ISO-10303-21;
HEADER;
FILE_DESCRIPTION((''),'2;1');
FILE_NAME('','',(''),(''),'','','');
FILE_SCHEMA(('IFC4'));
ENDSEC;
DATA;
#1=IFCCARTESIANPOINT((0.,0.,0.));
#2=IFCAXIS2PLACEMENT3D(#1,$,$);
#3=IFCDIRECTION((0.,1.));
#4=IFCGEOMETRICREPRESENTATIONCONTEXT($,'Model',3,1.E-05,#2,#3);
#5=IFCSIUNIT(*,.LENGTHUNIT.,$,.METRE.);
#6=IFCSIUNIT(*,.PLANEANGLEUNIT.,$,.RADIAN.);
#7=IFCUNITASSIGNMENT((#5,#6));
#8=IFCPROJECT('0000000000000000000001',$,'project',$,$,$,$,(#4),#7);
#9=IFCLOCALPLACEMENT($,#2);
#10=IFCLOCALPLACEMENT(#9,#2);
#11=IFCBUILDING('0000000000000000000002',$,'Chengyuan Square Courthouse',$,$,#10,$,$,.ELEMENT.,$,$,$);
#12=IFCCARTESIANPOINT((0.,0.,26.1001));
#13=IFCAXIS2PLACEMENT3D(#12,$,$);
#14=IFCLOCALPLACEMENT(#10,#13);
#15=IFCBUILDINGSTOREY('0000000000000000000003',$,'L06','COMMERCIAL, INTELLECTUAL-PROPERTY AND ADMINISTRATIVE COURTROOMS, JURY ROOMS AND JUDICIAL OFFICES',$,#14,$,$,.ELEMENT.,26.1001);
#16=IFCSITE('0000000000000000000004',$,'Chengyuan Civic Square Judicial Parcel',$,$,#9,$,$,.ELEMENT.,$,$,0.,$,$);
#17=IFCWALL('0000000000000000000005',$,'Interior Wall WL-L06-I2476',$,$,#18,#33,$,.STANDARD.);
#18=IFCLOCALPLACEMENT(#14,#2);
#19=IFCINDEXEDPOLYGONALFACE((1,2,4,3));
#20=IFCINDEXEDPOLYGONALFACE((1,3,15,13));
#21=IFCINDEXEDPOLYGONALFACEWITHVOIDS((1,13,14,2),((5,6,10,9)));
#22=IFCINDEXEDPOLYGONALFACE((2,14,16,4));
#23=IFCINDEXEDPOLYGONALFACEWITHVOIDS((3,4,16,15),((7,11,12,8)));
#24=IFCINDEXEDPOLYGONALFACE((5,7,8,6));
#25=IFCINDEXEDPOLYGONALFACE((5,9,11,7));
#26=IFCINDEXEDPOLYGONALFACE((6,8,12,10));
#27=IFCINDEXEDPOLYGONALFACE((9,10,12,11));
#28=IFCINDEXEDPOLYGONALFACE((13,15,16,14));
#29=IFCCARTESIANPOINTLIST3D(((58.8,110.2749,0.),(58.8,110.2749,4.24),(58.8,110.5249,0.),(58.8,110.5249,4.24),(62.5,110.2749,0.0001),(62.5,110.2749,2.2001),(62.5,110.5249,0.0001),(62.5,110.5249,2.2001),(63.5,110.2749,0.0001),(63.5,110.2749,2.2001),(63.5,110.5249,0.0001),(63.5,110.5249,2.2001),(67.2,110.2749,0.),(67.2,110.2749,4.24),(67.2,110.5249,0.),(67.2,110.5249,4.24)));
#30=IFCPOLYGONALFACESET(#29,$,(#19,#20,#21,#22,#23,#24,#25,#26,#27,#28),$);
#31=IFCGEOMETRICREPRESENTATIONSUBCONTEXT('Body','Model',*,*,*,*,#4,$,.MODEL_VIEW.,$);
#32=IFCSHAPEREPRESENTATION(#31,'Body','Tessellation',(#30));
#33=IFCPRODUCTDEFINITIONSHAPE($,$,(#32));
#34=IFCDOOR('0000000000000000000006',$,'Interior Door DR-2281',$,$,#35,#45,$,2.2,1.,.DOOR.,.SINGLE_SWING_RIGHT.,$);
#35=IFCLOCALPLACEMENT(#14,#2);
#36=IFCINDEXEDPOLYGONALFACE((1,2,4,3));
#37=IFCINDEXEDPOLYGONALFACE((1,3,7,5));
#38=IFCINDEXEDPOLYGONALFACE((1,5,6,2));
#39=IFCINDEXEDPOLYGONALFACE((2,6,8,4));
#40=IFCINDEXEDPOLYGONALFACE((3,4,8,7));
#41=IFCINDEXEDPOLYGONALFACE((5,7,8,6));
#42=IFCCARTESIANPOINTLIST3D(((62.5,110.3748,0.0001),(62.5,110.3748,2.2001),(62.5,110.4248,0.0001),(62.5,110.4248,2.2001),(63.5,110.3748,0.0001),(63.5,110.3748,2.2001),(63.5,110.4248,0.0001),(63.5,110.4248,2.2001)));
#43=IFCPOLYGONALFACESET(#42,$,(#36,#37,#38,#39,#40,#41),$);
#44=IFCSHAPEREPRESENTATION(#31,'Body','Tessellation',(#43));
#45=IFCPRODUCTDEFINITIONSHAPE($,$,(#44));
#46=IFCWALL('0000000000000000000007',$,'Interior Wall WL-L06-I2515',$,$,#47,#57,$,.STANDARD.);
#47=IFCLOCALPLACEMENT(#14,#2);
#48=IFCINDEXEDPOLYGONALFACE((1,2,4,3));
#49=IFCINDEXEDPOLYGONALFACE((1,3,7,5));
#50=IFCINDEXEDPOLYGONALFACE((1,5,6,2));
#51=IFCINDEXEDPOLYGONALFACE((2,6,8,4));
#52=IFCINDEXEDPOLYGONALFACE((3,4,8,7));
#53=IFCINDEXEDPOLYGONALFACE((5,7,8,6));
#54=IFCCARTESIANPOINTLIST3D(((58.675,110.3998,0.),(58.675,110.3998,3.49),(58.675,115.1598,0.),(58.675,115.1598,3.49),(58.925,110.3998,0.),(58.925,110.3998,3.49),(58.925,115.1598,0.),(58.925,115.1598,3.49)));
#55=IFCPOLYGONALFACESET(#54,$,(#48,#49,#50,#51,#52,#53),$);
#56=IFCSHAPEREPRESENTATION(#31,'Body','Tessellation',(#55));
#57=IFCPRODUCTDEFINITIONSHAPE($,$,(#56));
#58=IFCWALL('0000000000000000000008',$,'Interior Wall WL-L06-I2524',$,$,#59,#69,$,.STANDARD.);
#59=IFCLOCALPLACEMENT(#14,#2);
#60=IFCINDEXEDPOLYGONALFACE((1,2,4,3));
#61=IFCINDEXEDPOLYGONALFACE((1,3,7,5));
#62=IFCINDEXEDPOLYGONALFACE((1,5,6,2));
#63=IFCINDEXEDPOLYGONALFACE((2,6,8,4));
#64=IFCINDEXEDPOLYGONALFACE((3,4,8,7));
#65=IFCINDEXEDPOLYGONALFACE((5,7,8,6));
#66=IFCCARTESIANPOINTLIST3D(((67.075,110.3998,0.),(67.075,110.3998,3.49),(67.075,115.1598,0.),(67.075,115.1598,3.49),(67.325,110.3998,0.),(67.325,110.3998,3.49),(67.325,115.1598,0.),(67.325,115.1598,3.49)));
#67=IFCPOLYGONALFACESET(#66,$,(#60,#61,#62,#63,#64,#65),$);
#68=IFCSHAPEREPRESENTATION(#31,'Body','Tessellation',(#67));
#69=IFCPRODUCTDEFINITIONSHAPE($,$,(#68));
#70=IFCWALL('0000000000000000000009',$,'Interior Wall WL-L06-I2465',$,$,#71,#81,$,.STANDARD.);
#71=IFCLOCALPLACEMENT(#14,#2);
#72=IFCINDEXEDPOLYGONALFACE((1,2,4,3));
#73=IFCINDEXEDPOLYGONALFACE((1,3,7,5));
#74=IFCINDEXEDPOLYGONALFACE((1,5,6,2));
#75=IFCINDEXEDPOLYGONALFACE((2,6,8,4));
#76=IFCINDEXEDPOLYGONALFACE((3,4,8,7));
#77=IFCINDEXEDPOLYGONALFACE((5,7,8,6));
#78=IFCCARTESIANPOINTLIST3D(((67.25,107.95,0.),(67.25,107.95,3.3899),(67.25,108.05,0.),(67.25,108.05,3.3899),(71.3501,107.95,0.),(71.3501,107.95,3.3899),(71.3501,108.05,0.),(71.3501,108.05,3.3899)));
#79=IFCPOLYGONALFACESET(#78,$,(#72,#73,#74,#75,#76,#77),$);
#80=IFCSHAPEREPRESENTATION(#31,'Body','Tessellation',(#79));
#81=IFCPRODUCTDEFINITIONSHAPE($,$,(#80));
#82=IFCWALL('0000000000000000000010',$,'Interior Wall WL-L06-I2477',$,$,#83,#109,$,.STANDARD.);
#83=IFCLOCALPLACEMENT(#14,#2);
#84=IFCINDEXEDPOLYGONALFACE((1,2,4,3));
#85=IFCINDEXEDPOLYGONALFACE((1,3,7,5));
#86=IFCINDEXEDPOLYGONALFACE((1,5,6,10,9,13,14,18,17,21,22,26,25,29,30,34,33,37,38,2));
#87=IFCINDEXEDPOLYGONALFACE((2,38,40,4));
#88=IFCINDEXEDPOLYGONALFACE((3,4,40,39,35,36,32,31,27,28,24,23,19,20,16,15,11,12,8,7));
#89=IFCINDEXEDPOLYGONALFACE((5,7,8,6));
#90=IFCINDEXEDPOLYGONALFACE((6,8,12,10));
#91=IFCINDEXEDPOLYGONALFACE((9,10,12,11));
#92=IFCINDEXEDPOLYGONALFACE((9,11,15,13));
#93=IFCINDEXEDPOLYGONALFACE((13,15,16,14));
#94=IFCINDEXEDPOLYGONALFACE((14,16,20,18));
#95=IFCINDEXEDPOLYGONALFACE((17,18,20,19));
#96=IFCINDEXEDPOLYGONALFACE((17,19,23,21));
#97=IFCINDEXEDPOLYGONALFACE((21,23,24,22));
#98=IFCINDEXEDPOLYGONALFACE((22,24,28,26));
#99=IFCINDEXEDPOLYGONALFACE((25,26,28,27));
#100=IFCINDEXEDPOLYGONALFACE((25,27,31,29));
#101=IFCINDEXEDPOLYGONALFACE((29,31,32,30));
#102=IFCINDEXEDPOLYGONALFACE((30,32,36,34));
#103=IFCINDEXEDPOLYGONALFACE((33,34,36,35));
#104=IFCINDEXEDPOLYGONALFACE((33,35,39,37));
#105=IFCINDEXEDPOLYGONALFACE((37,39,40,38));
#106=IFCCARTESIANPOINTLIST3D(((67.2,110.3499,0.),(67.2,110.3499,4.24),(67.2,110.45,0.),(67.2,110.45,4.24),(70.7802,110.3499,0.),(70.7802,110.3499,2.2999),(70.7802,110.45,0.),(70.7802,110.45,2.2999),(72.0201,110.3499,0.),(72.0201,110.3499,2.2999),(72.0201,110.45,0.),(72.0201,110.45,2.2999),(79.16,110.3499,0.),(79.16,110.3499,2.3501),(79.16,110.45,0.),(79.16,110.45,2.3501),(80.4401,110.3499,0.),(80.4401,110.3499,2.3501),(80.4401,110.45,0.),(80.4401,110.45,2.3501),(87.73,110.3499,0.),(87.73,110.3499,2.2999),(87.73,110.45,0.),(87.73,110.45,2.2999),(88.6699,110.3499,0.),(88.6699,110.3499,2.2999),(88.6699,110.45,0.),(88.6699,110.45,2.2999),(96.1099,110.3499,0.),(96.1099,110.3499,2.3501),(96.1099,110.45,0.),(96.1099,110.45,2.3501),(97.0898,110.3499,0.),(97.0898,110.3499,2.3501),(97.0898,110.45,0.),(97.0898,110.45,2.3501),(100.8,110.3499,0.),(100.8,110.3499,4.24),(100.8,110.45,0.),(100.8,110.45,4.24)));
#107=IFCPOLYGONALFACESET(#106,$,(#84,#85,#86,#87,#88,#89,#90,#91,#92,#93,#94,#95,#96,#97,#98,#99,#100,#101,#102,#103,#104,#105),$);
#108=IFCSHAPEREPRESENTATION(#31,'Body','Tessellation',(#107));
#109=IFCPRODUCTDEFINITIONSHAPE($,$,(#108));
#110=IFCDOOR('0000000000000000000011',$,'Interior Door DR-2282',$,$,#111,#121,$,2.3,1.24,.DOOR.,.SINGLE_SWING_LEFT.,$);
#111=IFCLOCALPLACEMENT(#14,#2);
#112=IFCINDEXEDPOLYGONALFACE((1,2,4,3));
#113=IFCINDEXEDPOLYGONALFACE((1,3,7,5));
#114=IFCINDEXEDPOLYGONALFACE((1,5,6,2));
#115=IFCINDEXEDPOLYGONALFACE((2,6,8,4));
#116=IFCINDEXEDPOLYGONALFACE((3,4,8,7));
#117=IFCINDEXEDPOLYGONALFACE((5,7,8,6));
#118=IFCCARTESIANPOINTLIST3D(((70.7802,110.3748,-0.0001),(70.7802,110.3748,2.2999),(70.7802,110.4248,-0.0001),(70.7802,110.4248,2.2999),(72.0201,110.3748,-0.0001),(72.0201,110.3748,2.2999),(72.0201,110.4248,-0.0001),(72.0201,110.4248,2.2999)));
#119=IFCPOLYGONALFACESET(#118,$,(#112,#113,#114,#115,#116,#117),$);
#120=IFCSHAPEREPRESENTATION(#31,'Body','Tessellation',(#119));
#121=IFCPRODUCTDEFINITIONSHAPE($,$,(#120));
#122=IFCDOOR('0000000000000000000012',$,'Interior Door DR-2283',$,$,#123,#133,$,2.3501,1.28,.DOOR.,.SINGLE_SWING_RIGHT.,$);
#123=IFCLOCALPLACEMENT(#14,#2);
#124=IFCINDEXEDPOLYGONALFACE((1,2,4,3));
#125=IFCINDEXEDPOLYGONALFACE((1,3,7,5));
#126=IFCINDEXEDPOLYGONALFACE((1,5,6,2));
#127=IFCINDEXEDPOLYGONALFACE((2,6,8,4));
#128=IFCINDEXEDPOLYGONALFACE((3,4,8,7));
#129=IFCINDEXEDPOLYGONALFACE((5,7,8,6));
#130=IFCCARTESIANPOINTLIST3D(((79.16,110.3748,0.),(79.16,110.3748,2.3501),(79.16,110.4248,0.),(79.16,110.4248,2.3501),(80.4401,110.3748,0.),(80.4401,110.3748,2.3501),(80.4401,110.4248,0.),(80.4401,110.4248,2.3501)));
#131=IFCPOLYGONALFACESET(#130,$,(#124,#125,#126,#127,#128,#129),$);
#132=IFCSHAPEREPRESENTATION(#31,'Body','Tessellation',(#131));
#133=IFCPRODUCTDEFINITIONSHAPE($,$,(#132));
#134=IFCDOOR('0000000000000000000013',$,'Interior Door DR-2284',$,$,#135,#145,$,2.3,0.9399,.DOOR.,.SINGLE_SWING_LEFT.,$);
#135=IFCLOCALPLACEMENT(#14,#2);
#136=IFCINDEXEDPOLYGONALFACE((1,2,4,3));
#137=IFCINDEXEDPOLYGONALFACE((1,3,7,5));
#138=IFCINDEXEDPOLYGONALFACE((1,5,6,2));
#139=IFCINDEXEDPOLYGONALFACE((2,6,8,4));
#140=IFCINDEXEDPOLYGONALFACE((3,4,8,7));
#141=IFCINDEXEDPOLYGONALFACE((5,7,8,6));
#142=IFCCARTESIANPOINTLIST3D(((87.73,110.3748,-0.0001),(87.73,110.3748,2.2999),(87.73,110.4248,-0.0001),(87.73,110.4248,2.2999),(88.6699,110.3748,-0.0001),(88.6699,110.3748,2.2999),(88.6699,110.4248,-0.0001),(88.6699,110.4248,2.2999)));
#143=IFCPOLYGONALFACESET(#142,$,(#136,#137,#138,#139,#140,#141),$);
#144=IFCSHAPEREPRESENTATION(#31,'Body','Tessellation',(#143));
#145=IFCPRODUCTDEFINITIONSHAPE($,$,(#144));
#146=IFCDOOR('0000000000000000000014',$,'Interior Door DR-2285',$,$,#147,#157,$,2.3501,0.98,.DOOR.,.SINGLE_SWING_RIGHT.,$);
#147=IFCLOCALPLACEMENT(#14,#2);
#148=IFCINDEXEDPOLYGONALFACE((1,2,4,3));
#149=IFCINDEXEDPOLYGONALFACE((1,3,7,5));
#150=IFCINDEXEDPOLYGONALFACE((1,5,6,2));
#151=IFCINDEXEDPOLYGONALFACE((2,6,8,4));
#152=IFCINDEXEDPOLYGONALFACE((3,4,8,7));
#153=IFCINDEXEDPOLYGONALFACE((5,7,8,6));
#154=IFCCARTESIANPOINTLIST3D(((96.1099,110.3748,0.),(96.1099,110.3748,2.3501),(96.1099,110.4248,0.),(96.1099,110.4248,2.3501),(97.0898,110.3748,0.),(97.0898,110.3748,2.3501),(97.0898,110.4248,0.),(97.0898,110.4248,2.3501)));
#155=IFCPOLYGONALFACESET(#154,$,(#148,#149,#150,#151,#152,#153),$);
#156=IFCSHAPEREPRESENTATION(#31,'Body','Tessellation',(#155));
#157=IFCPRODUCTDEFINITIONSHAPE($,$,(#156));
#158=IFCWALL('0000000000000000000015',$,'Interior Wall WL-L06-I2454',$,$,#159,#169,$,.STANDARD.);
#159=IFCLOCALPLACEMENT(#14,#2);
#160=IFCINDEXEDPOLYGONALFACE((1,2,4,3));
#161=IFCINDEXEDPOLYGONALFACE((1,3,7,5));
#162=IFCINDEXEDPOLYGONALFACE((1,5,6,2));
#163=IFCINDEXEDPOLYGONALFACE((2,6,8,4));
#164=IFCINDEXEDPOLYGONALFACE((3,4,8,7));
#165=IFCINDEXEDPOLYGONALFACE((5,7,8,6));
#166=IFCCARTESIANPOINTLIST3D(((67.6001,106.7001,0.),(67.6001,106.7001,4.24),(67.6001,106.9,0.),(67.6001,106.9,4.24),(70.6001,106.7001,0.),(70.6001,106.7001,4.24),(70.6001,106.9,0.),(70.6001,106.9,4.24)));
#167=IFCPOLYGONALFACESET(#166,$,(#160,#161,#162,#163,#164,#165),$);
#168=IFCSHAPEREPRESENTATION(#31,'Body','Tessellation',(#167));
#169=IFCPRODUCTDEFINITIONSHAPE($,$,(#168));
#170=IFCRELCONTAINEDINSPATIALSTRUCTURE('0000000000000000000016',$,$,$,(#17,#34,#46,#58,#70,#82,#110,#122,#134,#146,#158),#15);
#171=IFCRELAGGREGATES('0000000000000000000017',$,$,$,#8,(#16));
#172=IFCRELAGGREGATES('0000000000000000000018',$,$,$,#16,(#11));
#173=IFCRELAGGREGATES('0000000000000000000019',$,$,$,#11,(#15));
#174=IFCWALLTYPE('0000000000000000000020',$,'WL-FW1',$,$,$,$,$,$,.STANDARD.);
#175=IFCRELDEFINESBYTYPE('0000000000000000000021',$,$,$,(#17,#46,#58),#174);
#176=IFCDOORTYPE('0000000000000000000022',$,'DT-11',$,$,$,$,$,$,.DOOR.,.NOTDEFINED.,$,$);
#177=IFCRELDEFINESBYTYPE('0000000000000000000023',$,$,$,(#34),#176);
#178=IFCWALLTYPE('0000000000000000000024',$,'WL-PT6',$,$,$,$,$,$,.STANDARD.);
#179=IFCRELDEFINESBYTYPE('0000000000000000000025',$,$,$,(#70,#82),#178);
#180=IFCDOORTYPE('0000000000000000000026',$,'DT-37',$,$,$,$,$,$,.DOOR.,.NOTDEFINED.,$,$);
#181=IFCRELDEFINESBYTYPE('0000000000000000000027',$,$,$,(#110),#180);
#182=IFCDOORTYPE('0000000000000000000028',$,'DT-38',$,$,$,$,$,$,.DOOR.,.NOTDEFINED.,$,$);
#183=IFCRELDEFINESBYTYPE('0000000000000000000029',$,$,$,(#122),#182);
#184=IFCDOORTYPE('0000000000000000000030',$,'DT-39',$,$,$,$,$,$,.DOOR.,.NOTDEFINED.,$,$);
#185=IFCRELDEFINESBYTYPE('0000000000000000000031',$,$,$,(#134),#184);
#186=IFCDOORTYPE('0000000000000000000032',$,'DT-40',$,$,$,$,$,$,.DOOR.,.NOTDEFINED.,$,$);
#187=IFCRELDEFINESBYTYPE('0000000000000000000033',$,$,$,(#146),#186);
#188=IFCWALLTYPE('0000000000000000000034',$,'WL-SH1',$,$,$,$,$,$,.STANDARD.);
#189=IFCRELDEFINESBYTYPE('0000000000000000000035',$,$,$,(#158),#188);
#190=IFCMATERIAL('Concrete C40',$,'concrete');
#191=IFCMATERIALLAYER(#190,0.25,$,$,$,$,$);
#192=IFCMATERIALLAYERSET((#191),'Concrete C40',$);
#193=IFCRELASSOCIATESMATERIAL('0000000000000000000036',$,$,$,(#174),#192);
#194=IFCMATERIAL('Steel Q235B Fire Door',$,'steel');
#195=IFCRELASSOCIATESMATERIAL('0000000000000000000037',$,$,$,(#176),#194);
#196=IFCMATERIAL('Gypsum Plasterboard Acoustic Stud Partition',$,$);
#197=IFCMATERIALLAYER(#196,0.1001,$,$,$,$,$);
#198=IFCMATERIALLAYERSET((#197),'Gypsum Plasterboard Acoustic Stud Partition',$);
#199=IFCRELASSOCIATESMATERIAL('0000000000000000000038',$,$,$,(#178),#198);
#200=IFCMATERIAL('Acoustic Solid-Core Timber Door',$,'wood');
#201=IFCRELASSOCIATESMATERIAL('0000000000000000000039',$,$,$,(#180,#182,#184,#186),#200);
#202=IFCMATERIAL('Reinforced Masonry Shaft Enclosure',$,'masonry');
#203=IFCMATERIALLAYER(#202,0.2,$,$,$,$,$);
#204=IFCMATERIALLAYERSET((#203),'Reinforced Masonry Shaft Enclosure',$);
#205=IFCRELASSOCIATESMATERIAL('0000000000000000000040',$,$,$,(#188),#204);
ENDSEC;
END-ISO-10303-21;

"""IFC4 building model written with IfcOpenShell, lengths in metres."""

from ifc_helpers import new_model, si_unit, direction, frame, frame_2d, origin, place, context, subcontext, project, spatial, rectangle, extrude, material, layer, layer_set, type_object, element, fill, save


model = new_model("IFC4")

# Units and contexts
model_context = context("Model", 3, precision=1e-05, world=origin(), true_north=direction((0.0, 1.0)))
body_context = subcontext(model_context, "Body", "Model", "MODEL_VIEW")
ifc_project = project(units=[si_unit("LENGTHUNIT", "METRE"), si_unit("PLANEANGLEUNIT", "RADIAN")], contexts=[model_context])

# Site, building, storey
site_placement = place(None, origin())
site = spatial("IfcSite", under=ifc_project, at=site_placement, Name="Chengyuan Civic Square Judicial Parcel", CompositionType="ELEMENT", RefElevation=0.0)
building_placement = place(site_placement, origin())
building = spatial("IfcBuilding", under=site, at=building_placement, Name="Chengyuan Square Courthouse", CompositionType="ELEMENT")
storey_placement = place(building_placement, frame((0.0, 0.0, 26.1001)))
storey = spatial("IfcBuildingStorey", under=building, at=storey_placement, Name="L06", Description="COMMERCIAL, INTELLECTUAL-PROPERTY AND ADMINISTRATIVE COURTROOMS, JURY ROOMS AND JUDICIAL OFFICES", CompositionType="ELEMENT", Elevation=26.1001)

# Shared definitions
ifc_material_1 = material(Name="Concrete C40", Category="concrete")

# Wall, opening, door
ifc_layer_1 = layer(ifc_material_1, 0.25)
ifc_layer_set_1 = layer_set([ifc_layer_1], Name="Concrete C40")
wall_type_1 = type_object("IfcWallType", Name="WL-FW1", PredefinedType="STANDARD", material=ifc_layer_set_1)
wall_1_placement = place(storey_placement, frame((58.8, 110.3999, 0.0), z_axis=(0.0, 0.0, 1.0), x_axis=(1.0, 0.0, 0.0)))
wall_1 = element("IfcWall", 1, at=wall_1_placement, inside=storey, type_object=wall_type_1, Name="Interior Wall WL-L06-I2476", PredefinedType="STANDARD", context=body_context, shape_type="SweptSolid", body=[
    extrude(rectangle(XDim=8.3999, YDim=0.25, at=frame_2d((4.2, 0.0))), origin(), (0.0, 0.0, 1.0), 4.24),
])
opening_1_placement = place(wall_1_placement, frame((3.7, 0.0, 0.0)))
opening_1 = element("IfcOpeningElement", 2, at=opening_1_placement, cuts=wall_1, PredefinedType="OPENING", context=body_context, shape_type="SweptSolid", body=[
    extrude(rectangle(XDim=1.0, YDim=2.2, at=frame_2d((0.5, 1.1001))), frame((0.0, 0.137, 0.0), z_axis=(0.0, -1.0, 0.0), x_axis=(1.0, 0.0, 0.0)), (0.0, 0.0, 1.0), 0.2739),
])
ifc_material_2 = material(Name="Steel Q235B Fire Door", Category="steel")
door_type_1 = type_object("IfcDoorType", Name="DT-11", OperationType="NOTDEFINED", PredefinedType="DOOR", material=ifc_material_2)
door_1_placement = place(opening_1_placement, origin())
door_1 = element("IfcDoor", 3, at=door_1_placement, inside=storey, type_object=door_type_1, Name="Interior Door DR-2281", OperationType="SINGLE_SWING_RIGHT", OverallHeight=2.2, OverallWidth=1.0, PredefinedType="DOOR", context=body_context, shape_type="SweptSolid", body=[
    extrude(rectangle(XDim=1.0, YDim=2.2, at=frame_2d((0.5, 1.1001))), frame((0.0, 0.0249, 0.0), z_axis=(0.0, -1.0, 0.0), x_axis=(1.0, 0.0, 0.0)), (0.0, 0.0, 1.0), 0.05),
])
fill(opening_1, door_1)

# Walls
for number, where, z_axis, x_axis, name in (
    (4, (58.8, 110.3999, 0.0), (0.0, 0.0, 1.0), (0.0, 1.0, 0.0), "Interior Wall WL-L06-I2515"),
    (5, (67.2, 110.3999, 0.0), (0.0, 0.0, 1.0), (0.0, 1.0, 0.0), "Interior Wall WL-L06-I2524"),
):
    element("IfcWall", number, at=place(storey_placement, frame(where, z_axis=z_axis, x_axis=x_axis)), inside=storey, type_object=wall_type_1, Name=name, PredefinedType="STANDARD", context=body_context, shape_type="SweptSolid", body=[
        extrude(rectangle(XDim=4.76, YDim=0.25, at=frame_2d((2.3799, 0.0))), origin(), (0.0, 0.0, 1.0), 3.49),
    ])
ifc_material_3 = material(Name="Gypsum Plasterboard Acoustic Stud Partition")
ifc_layer_2 = layer(ifc_material_3, 0.1001)
ifc_layer_set_2 = layer_set([ifc_layer_2], Name="Gypsum Plasterboard Acoustic Stud Partition")
wall_type_2 = type_object("IfcWallType", Name="WL-PT6", PredefinedType="STANDARD", material=ifc_layer_set_2)
wall_2_placement = place(storey_placement, frame((67.25, 108.0, 0.0), z_axis=(0.0, 0.0, 1.0), x_axis=(1.0, 0.0, 0.0)))
element("IfcWall", 6, at=wall_2_placement, inside=storey, type_object=wall_type_2, Name="Interior Wall WL-L06-I2465", PredefinedType="STANDARD", context=body_context, shape_type="SweptSolid", body=[
    extrude(rectangle(XDim=4.1001, YDim=0.1001, at=frame_2d((2.05, 0.0))), origin(), (0.0, 0.0, 1.0), 3.3899),
])

# Wall, openings, doors
wall_3_placement = place(storey_placement, frame((67.2, 110.3999, 0.0), z_axis=(0.0, 0.0, 1.0), x_axis=(1.0, 0.0, 0.0)))
wall_3 = element("IfcWall", 7, at=wall_3_placement, inside=storey, type_object=wall_type_2, Name="Interior Wall WL-L06-I2477", PredefinedType="STANDARD", context=body_context, shape_type="SweptSolid", body=[
    extrude(rectangle(XDim=33.6001, YDim=0.1001, at=frame_2d((16.8, 0.0))), origin(), (0.0, 0.0, 1.0), 4.24),
])
opening_2_placement = place(wall_3_placement, frame((3.5801, 0.0, 0.0)))
opening_2 = element("IfcOpeningElement", 8, at=opening_2_placement, cuts=wall_3, PredefinedType="OPENING", context=body_context, shape_type="SweptSolid", body=[
    extrude(rectangle(XDim=1.24, YDim=2.3, at=frame_2d((0.6201, 1.1499))), frame((0.0, 0.062, 0.0), z_axis=(0.0, -1.0, 0.0), x_axis=(1.0, 0.0, 0.0)), (0.0, 0.0, 1.0), 0.124),
])
opening_3_placement = place(wall_3_placement, frame((11.96, 0.0, 0.0)))
opening_3 = element("IfcOpeningElement", 9, at=opening_3_placement, cuts=wall_3, PredefinedType="OPENING", context=body_context, shape_type="SweptSolid", body=[
    extrude(rectangle(XDim=1.28, YDim=2.3501, at=frame_2d((0.6401, 1.175))), frame((0.0, 0.062, 0.0), z_axis=(0.0, -1.0, 0.0), x_axis=(1.0, 0.0, 0.0)), (0.0, 0.0, 1.0), 0.124),
])
opening_4_placement = place(wall_3_placement, frame((20.53, 0.0, 0.0)))
opening_4 = element("IfcOpeningElement", 10, at=opening_4_placement, cuts=wall_3, PredefinedType="OPENING", context=body_context, shape_type="SweptSolid", body=[
    extrude(rectangle(XDim=0.9399, YDim=2.3, at=frame_2d((0.47, 1.1499))), frame((0.0, 0.062, 0.0), z_axis=(0.0, -1.0, 0.0), x_axis=(1.0, 0.0, 0.0)), (0.0, 0.0, 1.0), 0.124),
])
opening_5_placement = place(wall_3_placement, frame((28.9099, 0.0, 0.0)))
opening_5 = element("IfcOpeningElement", 11, at=opening_5_placement, cuts=wall_3, PredefinedType="OPENING", context=body_context, shape_type="SweptSolid", body=[
    extrude(rectangle(XDim=0.98, YDim=2.3501, at=frame_2d((0.49, 1.175))), frame((0.0, 0.062, 0.0), z_axis=(0.0, -1.0, 0.0), x_axis=(1.0, 0.0, 0.0)), (0.0, 0.0, 1.0), 0.124),
])
ifc_material_4 = material(Name="Acoustic Solid-Core Timber Door", Category="wood")
door_type_2 = type_object("IfcDoorType", Name="DT-37", OperationType="NOTDEFINED", PredefinedType="DOOR", material=ifc_material_4)
door_2_placement = place(opening_2_placement, origin())
door_2 = element("IfcDoor", 12, at=door_2_placement, inside=storey, type_object=door_type_2, Name="Interior Door DR-2282", OperationType="SINGLE_SWING_LEFT", OverallHeight=2.3, OverallWidth=1.24, PredefinedType="DOOR", context=body_context, shape_type="SweptSolid", body=[
    extrude(rectangle(XDim=1.24, YDim=2.3, at=frame_2d((0.6201, 1.1499))), frame((0.0, 0.0249, 0.0), z_axis=(0.0, -1.0, 0.0), x_axis=(1.0, 0.0, 0.0)), (0.0, 0.0, 1.0), 0.05),
])
fill(opening_2, door_2)
door_type_3 = type_object("IfcDoorType", Name="DT-38", OperationType="NOTDEFINED", PredefinedType="DOOR", material=ifc_material_4)
door_3_placement = place(opening_3_placement, origin())
door_3 = element("IfcDoor", 13, at=door_3_placement, inside=storey, type_object=door_type_3, Name="Interior Door DR-2283", OperationType="SINGLE_SWING_RIGHT", OverallHeight=2.3501, OverallWidth=1.28, PredefinedType="DOOR", context=body_context, shape_type="SweptSolid", body=[
    extrude(rectangle(XDim=1.28, YDim=2.3501, at=frame_2d((0.6401, 1.175))), frame((0.0, 0.0249, 0.0), z_axis=(0.0, -1.0, 0.0), x_axis=(1.0, 0.0, 0.0)), (0.0, 0.0, 1.0), 0.05),
])
fill(opening_3, door_3)
door_type_4 = type_object("IfcDoorType", Name="DT-39", OperationType="NOTDEFINED", PredefinedType="DOOR", material=ifc_material_4)
door_4_placement = place(opening_4_placement, origin())
door_4 = element("IfcDoor", 14, at=door_4_placement, inside=storey, type_object=door_type_4, Name="Interior Door DR-2284", OperationType="SINGLE_SWING_LEFT", OverallHeight=2.3, OverallWidth=0.9399, PredefinedType="DOOR", context=body_context, shape_type="SweptSolid", body=[
    extrude(rectangle(XDim=0.9399, YDim=2.3, at=frame_2d((0.47, 1.1499))), frame((0.0, 0.0249, 0.0), z_axis=(0.0, -1.0, 0.0), x_axis=(1.0, 0.0, 0.0)), (0.0, 0.0, 1.0), 0.05),
])
fill(opening_4, door_4)
door_type_5 = type_object("IfcDoorType", Name="DT-40", OperationType="NOTDEFINED", PredefinedType="DOOR", material=ifc_material_4)
door_5_placement = place(opening_5_placement, origin())
door_5 = element("IfcDoor", 15, at=door_5_placement, inside=storey, type_object=door_type_5, Name="Interior Door DR-2285", OperationType="SINGLE_SWING_RIGHT", OverallHeight=2.3501, OverallWidth=0.98, PredefinedType="DOOR", context=body_context, shape_type="SweptSolid", body=[
    extrude(rectangle(XDim=0.98, YDim=2.3501, at=frame_2d((0.49, 1.175))), frame((0.0, 0.0249, 0.0), z_axis=(0.0, -1.0, 0.0), x_axis=(1.0, 0.0, 0.0)), (0.0, 0.0, 1.0), 0.05),
])
fill(opening_5, door_5)

# Wall
ifc_material_5 = material(Name="Reinforced Masonry Shaft Enclosure", Category="masonry")
ifc_layer_3 = layer(ifc_material_5, 0.2)
ifc_layer_set_3 = layer_set([ifc_layer_3], Name="Reinforced Masonry Shaft Enclosure")
wall_type_3 = type_object("IfcWallType", Name="WL-SH1", PredefinedType="STANDARD", material=ifc_layer_set_3)
wall_4_placement = place(storey_placement, frame((67.6001, 106.8, 0.0), z_axis=(0.0, 0.0, 1.0), x_axis=(1.0, 0.0, 0.0)))
element("IfcWall", 16, at=wall_4_placement, inside=storey, type_object=wall_type_3, Name="Interior Wall WL-L06-I2454", PredefinedType="STANDARD", context=body_context, shape_type="SweptSolid", body=[
    extrude(rectangle(XDim=3.0, YDim=0.2, at=frame_2d((1.5, 0.0))), origin(), (0.0, 0.0, 1.0), 4.24),
])

save(model, "model.ifc")
